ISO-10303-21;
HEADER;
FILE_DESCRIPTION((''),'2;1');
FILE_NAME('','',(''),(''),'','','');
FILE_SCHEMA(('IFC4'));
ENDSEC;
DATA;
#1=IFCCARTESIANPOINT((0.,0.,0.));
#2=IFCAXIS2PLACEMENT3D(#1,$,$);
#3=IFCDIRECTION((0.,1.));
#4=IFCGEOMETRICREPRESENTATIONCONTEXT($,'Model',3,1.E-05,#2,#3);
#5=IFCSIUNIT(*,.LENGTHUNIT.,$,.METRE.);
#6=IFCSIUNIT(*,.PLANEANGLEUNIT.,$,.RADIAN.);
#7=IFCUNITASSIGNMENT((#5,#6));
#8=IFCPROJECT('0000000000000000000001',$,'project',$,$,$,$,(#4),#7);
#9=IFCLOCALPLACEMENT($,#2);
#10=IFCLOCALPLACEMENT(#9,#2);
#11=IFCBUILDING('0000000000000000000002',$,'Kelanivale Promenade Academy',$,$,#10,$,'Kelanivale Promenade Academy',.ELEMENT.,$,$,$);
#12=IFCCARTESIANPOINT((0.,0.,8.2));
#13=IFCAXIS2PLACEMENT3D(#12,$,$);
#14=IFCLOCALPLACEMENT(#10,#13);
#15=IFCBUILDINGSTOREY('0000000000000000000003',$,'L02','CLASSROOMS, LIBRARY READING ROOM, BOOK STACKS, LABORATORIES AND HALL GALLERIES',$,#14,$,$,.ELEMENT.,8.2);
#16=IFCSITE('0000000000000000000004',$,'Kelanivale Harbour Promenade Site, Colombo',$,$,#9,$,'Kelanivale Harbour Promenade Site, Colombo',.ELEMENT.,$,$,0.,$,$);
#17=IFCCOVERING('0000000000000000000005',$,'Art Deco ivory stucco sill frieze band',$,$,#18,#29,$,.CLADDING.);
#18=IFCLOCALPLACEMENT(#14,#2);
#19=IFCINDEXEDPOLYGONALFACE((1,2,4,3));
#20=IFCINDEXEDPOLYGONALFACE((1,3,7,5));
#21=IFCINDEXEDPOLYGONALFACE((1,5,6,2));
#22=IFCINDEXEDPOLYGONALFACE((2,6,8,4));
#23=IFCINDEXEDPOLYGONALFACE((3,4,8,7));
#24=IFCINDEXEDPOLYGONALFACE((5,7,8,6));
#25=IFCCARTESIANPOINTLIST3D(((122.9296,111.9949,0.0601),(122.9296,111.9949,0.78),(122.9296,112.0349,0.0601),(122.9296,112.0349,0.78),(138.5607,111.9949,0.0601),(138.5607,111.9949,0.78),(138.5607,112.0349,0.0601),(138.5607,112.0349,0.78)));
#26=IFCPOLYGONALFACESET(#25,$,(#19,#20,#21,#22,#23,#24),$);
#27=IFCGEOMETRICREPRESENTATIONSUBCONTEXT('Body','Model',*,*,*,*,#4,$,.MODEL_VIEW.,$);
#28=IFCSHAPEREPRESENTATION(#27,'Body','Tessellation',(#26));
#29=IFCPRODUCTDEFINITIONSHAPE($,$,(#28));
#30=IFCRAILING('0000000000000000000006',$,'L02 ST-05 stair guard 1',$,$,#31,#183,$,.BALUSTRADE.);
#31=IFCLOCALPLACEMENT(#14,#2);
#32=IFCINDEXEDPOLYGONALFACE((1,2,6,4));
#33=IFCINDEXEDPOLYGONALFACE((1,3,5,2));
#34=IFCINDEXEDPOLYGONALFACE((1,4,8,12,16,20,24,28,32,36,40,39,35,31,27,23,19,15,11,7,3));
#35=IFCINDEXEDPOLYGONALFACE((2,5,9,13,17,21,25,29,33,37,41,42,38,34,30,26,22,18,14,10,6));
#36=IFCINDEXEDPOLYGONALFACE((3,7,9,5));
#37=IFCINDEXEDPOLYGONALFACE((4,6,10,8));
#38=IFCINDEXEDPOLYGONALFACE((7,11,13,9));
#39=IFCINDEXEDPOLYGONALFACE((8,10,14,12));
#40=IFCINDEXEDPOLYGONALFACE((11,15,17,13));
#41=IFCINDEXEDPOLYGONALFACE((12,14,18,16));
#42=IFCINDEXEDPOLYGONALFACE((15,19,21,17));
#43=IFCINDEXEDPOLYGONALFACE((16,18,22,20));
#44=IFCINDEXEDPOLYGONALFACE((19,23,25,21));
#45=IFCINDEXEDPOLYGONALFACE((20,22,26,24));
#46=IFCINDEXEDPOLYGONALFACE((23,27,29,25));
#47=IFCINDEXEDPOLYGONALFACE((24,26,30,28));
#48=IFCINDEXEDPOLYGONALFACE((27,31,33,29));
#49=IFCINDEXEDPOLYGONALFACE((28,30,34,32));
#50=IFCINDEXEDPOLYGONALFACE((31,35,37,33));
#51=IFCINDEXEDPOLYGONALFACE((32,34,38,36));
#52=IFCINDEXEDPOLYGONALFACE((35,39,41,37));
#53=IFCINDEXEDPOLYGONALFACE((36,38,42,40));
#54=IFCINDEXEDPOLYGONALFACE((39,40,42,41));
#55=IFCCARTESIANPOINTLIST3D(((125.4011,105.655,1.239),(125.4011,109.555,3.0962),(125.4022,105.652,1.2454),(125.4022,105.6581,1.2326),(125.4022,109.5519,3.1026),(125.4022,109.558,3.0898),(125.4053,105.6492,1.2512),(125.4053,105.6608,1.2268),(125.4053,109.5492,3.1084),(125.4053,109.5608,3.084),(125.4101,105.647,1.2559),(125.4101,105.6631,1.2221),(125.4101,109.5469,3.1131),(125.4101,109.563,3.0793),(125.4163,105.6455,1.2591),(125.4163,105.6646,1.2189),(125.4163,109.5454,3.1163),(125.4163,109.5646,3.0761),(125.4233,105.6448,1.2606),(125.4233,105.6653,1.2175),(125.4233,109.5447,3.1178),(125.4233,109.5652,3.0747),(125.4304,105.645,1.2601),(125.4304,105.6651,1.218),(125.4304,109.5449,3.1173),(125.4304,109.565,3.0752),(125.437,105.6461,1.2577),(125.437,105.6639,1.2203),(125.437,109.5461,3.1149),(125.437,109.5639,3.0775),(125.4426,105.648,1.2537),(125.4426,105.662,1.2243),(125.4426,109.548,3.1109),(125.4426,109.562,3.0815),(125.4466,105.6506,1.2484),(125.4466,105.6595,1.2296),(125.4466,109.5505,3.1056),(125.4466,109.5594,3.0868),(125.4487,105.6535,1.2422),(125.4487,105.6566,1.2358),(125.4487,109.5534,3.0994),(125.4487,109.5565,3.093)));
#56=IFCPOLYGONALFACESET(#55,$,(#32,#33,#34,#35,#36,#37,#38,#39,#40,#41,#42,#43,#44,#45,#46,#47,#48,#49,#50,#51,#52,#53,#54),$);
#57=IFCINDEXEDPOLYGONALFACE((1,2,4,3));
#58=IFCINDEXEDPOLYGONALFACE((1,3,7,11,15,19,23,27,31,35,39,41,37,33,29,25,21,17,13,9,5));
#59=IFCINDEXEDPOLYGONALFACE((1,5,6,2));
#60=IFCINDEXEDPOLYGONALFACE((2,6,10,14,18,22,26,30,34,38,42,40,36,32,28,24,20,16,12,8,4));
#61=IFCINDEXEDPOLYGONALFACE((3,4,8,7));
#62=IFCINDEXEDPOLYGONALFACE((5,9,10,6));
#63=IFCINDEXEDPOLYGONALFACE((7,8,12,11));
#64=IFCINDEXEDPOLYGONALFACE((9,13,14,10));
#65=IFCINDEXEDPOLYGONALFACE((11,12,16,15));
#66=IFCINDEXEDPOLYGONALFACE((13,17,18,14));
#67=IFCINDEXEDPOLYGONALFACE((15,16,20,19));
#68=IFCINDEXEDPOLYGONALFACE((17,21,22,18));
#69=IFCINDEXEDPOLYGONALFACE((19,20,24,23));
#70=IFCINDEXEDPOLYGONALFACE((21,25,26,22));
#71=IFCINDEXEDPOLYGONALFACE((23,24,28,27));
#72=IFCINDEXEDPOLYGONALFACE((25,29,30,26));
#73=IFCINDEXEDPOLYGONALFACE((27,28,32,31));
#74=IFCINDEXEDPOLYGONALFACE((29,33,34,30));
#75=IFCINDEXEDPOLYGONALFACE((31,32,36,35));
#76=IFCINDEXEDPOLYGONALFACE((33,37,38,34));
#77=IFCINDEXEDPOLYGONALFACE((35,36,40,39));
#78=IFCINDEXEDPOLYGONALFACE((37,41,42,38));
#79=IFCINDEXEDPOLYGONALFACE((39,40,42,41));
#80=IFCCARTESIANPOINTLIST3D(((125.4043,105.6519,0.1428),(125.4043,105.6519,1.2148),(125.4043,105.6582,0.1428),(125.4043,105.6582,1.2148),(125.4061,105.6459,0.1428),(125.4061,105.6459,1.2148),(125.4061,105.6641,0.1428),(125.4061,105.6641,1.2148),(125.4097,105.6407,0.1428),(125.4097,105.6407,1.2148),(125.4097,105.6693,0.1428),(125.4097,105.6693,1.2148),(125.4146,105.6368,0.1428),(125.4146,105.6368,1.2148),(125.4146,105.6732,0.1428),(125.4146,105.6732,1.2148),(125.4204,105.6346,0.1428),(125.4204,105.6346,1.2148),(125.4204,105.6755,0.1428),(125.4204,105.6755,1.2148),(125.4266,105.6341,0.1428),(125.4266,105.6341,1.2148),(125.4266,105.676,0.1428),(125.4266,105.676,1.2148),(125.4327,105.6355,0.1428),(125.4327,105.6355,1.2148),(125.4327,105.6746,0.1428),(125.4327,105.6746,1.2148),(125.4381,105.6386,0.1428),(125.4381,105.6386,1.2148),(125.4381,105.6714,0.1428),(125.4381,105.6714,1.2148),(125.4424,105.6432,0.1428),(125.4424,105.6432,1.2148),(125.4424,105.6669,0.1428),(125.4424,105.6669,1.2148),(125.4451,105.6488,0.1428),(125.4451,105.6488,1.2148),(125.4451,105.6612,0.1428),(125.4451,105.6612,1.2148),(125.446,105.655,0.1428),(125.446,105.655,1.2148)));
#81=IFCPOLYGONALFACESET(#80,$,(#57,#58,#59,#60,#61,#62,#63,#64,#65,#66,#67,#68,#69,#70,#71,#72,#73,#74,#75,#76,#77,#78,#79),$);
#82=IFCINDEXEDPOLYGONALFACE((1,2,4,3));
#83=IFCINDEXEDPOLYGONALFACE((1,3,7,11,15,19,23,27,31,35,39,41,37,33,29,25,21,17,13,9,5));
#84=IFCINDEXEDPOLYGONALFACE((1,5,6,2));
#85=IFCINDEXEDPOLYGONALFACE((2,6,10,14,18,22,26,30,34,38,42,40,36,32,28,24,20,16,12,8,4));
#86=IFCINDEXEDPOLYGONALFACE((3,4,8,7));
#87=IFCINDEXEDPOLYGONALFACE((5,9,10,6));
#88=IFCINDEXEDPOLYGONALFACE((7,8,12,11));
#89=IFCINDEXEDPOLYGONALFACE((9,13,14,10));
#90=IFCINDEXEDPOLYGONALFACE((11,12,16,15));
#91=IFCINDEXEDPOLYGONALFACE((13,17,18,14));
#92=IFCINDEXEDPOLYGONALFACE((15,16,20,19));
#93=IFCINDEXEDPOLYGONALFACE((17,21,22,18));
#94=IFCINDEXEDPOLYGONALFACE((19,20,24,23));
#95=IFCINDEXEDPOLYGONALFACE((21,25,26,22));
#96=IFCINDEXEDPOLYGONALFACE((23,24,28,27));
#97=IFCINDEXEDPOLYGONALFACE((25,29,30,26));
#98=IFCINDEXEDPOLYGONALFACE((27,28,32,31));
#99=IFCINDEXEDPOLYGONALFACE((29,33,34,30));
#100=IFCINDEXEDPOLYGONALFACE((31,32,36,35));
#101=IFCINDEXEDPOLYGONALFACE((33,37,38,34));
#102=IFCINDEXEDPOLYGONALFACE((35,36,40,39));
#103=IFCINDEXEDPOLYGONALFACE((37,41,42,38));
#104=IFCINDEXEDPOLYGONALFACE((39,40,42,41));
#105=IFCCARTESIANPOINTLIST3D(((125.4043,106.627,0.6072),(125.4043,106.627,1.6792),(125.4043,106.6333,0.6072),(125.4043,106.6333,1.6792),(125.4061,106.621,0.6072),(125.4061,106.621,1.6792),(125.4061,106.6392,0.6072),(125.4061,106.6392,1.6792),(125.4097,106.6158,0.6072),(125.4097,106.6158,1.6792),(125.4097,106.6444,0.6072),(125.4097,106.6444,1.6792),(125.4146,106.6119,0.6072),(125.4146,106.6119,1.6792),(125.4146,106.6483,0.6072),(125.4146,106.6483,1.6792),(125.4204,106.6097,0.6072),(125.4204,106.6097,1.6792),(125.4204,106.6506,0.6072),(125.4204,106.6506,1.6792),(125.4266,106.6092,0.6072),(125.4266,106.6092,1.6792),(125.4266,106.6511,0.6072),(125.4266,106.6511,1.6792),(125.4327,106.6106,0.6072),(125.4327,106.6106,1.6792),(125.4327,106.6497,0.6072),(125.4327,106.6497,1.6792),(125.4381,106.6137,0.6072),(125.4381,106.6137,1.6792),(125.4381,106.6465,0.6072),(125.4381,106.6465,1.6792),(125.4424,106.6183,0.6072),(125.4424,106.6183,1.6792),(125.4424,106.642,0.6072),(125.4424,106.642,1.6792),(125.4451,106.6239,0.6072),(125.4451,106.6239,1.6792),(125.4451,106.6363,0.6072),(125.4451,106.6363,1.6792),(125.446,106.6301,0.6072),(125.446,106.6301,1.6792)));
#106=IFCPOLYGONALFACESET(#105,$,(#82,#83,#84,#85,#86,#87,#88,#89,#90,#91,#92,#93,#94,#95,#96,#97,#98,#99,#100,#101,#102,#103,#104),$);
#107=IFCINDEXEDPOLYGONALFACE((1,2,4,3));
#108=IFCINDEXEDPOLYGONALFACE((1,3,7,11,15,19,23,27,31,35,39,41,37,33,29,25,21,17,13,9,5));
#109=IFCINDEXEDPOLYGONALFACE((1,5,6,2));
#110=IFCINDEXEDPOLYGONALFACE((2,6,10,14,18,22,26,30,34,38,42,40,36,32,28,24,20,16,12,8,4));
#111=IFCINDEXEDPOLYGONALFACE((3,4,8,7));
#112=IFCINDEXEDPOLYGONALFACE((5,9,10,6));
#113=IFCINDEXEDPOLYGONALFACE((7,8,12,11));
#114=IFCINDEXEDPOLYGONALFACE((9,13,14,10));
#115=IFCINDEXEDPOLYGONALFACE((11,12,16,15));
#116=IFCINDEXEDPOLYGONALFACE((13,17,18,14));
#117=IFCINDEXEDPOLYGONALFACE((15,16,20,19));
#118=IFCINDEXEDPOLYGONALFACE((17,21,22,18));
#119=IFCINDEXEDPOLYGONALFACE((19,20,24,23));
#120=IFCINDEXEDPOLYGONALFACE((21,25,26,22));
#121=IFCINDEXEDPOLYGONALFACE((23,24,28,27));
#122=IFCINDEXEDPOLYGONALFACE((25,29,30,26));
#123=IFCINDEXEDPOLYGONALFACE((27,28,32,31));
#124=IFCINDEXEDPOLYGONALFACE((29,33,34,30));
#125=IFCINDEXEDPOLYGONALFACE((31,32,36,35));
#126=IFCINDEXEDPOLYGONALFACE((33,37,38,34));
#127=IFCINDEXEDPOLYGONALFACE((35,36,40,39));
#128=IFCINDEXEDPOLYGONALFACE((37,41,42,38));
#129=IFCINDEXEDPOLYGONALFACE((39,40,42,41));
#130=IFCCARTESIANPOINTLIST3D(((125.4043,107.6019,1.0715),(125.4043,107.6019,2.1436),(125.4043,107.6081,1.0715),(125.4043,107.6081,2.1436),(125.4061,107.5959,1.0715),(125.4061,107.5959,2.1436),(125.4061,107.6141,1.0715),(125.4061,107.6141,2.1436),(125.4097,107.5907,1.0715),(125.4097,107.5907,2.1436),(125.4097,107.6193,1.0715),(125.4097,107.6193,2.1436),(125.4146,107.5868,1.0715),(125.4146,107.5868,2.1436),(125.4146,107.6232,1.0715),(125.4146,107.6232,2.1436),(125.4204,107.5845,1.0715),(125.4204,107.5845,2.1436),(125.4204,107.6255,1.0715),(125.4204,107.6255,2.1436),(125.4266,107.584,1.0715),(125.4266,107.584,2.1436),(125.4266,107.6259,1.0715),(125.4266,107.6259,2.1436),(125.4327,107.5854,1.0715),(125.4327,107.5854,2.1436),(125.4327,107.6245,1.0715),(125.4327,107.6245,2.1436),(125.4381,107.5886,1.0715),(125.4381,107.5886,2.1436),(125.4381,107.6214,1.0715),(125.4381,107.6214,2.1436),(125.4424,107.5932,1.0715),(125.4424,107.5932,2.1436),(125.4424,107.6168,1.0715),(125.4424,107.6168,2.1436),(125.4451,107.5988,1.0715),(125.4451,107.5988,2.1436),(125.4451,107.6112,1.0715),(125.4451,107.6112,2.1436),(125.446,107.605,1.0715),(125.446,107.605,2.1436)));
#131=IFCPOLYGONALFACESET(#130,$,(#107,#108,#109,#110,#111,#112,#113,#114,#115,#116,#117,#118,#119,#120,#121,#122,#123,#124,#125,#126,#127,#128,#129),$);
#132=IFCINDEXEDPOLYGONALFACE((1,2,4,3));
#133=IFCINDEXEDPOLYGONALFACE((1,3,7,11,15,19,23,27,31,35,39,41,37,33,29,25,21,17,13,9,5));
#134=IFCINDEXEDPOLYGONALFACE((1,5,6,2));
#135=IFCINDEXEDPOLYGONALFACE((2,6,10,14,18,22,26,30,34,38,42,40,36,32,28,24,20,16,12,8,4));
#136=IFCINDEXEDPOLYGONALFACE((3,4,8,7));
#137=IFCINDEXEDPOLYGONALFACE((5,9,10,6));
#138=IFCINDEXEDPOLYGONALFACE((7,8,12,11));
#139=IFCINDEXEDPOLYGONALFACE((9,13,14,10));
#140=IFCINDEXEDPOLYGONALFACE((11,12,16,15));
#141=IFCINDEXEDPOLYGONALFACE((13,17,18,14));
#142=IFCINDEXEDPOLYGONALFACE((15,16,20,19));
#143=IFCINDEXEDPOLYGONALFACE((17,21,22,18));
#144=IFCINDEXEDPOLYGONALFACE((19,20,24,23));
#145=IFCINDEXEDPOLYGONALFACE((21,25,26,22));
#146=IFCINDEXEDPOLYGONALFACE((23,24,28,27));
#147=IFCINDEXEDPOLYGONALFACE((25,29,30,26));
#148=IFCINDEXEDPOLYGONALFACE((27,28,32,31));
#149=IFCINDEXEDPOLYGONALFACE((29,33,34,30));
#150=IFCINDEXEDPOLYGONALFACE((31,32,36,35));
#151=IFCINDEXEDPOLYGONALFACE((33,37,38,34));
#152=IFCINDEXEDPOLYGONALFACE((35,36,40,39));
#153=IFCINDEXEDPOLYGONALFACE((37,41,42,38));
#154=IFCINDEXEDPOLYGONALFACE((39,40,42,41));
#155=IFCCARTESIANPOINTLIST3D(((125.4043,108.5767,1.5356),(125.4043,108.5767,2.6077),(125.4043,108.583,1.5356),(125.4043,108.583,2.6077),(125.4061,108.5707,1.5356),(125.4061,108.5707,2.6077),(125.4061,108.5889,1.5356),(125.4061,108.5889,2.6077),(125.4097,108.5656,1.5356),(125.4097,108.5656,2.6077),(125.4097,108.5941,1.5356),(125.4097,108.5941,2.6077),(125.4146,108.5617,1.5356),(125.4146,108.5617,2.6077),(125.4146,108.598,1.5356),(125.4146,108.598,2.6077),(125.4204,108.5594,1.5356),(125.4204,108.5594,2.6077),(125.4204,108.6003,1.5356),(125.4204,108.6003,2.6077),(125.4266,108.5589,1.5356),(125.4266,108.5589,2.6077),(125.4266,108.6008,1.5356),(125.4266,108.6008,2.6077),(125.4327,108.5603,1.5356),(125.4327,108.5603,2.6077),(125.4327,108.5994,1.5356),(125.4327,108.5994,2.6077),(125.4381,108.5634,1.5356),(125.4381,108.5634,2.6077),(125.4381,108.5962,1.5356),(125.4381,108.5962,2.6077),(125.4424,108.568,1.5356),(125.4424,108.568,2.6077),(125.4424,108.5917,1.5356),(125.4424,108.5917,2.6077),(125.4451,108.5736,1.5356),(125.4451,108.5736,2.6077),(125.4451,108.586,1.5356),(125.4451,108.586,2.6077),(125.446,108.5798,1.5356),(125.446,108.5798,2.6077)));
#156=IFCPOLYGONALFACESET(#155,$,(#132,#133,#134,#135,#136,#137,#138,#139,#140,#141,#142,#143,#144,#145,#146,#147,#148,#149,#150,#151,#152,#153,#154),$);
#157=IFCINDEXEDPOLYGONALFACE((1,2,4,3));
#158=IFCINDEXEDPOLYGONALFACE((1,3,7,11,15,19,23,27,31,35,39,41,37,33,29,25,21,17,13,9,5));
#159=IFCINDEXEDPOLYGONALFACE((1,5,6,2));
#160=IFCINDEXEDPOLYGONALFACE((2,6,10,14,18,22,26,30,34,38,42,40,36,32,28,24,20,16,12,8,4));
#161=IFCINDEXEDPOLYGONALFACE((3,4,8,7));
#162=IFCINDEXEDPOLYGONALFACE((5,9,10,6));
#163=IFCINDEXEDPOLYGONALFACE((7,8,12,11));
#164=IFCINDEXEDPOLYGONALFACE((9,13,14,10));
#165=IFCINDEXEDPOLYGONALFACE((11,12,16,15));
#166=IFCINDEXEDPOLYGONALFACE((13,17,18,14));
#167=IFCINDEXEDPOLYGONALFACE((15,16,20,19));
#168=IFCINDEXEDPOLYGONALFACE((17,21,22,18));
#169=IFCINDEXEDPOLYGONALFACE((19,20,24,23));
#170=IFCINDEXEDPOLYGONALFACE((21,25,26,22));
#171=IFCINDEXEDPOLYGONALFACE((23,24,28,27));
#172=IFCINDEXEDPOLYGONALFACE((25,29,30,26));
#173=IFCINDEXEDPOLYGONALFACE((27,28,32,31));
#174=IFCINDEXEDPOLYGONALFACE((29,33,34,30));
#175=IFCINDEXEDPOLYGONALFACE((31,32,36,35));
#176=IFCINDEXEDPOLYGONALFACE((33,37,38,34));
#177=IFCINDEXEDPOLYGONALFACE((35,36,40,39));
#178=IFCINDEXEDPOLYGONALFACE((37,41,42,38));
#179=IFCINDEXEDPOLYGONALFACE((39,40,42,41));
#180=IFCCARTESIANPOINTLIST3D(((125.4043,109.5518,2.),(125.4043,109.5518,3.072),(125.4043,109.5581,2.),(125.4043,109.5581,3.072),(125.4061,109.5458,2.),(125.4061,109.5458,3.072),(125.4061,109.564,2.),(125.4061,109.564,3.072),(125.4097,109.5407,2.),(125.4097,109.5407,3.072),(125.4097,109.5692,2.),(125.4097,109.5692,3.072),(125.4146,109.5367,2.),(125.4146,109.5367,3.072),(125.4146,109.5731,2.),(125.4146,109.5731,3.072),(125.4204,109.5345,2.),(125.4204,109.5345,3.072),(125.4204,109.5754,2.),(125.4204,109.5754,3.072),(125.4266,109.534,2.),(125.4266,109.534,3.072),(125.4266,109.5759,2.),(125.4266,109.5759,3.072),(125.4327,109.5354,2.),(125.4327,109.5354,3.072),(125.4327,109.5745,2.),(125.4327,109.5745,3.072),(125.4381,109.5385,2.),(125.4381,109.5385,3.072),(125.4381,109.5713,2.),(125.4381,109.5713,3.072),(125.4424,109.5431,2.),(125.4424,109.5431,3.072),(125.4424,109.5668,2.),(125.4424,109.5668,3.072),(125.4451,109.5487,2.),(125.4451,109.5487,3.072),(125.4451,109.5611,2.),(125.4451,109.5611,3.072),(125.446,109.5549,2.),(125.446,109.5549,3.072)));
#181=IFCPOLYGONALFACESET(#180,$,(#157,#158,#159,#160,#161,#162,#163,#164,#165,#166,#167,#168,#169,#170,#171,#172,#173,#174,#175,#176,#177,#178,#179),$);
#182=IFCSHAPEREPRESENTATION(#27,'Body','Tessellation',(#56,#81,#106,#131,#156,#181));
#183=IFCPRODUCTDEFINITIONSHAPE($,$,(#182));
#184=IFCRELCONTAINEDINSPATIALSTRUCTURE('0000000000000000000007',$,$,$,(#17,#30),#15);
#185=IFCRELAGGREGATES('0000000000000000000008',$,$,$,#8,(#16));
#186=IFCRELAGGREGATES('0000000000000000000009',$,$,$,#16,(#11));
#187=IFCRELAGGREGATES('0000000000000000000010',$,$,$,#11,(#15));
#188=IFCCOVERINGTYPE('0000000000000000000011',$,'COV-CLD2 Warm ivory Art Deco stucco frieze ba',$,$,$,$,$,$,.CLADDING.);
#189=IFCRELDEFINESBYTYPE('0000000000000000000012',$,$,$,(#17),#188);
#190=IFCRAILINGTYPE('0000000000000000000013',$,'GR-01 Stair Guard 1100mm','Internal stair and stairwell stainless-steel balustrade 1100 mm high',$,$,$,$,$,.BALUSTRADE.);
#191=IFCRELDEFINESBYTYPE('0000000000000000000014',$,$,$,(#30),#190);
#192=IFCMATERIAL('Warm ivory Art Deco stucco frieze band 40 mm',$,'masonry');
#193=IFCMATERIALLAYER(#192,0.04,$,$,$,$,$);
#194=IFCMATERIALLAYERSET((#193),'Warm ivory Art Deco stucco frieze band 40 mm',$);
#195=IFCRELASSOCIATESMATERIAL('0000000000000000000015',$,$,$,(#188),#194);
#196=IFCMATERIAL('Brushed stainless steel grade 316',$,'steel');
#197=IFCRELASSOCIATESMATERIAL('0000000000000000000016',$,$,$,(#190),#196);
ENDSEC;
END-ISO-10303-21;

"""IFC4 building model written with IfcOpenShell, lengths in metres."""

from ifc_helpers import new_model, si_unit, direction, frame, origin, origin_2d, place, context, subcontext, project, spatial, rectangle, circle, extrude, material, layer, layer_set, type_object, element, save


model = new_model("IFC4")

# Units and contexts
model_context = context("Model", 3, precision=1e-05, world=origin(), true_north=direction((0.0, 1.0)))
body_context = subcontext(model_context, "Body", "Model", "MODEL_VIEW")
ifc_project = project(units=[si_unit("LENGTHUNIT", "METRE"), si_unit("PLANEANGLEUNIT", "RADIAN")], contexts=[model_context])

# Site, building, storey
site_placement = place(None, origin())
site = spatial("IfcSite", under=ifc_project, at=site_placement, Name="Kelanivale Harbour Promenade Site, Colombo", LongName="Kelanivale Harbour Promenade Site, Colombo", CompositionType="ELEMENT", RefElevation=0.0)
building_placement = place(site_placement, origin())
building = spatial("IfcBuilding", under=site, at=building_placement, Name="Kelanivale Promenade Academy", LongName="Kelanivale Promenade Academy", CompositionType="ELEMENT")
storey_placement = place(building_placement, frame((0.0, 0.0, 8.2)))
storey = spatial("IfcBuildingStorey", under=building, at=storey_placement, Name="L02", Description="CLASSROOMS, LIBRARY READING ROOM, BOOK STACKS, LABORATORIES AND HALL GALLERIES", CompositionType="ELEMENT", Elevation=8.2)

# Covering
ifc_material_1 = material(Name="Warm ivory Art Deco stucco frieze band 40 mm", Category="masonry")
ifc_layer_1 = layer(ifc_material_1, 0.04)
ifc_layer_set_1 = layer_set([ifc_layer_1], Name="Warm ivory Art Deco stucco frieze band 40 mm")
covering_type = type_object("IfcCoveringType", Name="COV-CLD2 Warm ivory Art Deco stucco frieze ba", PredefinedType="CLADDING", material=ifc_layer_set_1)
covering_1_placement = place(storey_placement, frame((130.7451, 112.0149, 0.0601), z_axis=(0.0, 0.0, 1.0), x_axis=(-1.0, 0.0, 0.0)))
element("IfcCovering", 1, at=covering_1_placement, inside=storey, type_object=covering_type, Name="Art Deco ivory stucco sill frieze band", PredefinedType="CLADDING", context=body_context, shape_type="SweptSolid", body=[
    extrude(rectangle(XDim=15.6311, YDim=0.04, at=origin_2d()), origin(), (0.0, 0.0, 1.0), 0.72),
])

# Railing
ifc_material_2 = material(Name="Brushed stainless steel grade 316", Category="steel")
railing_type_1 = type_object("IfcRailingType", Name="GR-01 Stair Guard 1100mm", Description="Internal stair and stairwell stainless-steel balustrade 1100 mm high", PredefinedType="BALUSTRADE", material=ifc_material_2)
railing_1_placement = place(storey_placement, frame((125.425, 105.655, 0.1428)))
element("IfcRailing", 2, at=railing_1_placement, inside=storey, type_object=railing_type_1, Name="L02 ST-05 stair guard 1", PredefinedType="BALUSTRADE", context=body_context, shape_type="SweptSolid", body=[
    extrude(circle(Radius=0.0239, at=origin_2d()), frame((0.0, 0.0, 1.0962), z_axis=(0.0, 0.902853, 0.429949), x_axis=(-1.0, 0.0, 0.0)), (0.0, 0.0, 1.0), 4.3196),
    extrude(circle(Radius=0.021, at=origin_2d()), origin(), (0.0, 0.0, 1.0), 1.072),
    extrude(circle(Radius=0.021, at=origin_2d()), frame((0.0, 0.9751, 0.4644)), (0.0, 0.0, 1.0), 1.072),
    extrude(circle(Radius=0.021, at=origin_2d()), frame((0.0, 1.95, 0.9287)), (0.0, 0.0, 1.0), 1.072),
    extrude(circle(Radius=0.021, at=origin_2d()), frame((0.0, 2.9248, 1.3928)), (0.0, 0.0, 1.0), 1.072),
    extrude(circle(Radius=0.021, at=origin_2d()), frame((0.0, 3.8999, 1.8572)), (0.0, 0.0, 1.0), 1.072),
])

save(model, "model.ifc")
